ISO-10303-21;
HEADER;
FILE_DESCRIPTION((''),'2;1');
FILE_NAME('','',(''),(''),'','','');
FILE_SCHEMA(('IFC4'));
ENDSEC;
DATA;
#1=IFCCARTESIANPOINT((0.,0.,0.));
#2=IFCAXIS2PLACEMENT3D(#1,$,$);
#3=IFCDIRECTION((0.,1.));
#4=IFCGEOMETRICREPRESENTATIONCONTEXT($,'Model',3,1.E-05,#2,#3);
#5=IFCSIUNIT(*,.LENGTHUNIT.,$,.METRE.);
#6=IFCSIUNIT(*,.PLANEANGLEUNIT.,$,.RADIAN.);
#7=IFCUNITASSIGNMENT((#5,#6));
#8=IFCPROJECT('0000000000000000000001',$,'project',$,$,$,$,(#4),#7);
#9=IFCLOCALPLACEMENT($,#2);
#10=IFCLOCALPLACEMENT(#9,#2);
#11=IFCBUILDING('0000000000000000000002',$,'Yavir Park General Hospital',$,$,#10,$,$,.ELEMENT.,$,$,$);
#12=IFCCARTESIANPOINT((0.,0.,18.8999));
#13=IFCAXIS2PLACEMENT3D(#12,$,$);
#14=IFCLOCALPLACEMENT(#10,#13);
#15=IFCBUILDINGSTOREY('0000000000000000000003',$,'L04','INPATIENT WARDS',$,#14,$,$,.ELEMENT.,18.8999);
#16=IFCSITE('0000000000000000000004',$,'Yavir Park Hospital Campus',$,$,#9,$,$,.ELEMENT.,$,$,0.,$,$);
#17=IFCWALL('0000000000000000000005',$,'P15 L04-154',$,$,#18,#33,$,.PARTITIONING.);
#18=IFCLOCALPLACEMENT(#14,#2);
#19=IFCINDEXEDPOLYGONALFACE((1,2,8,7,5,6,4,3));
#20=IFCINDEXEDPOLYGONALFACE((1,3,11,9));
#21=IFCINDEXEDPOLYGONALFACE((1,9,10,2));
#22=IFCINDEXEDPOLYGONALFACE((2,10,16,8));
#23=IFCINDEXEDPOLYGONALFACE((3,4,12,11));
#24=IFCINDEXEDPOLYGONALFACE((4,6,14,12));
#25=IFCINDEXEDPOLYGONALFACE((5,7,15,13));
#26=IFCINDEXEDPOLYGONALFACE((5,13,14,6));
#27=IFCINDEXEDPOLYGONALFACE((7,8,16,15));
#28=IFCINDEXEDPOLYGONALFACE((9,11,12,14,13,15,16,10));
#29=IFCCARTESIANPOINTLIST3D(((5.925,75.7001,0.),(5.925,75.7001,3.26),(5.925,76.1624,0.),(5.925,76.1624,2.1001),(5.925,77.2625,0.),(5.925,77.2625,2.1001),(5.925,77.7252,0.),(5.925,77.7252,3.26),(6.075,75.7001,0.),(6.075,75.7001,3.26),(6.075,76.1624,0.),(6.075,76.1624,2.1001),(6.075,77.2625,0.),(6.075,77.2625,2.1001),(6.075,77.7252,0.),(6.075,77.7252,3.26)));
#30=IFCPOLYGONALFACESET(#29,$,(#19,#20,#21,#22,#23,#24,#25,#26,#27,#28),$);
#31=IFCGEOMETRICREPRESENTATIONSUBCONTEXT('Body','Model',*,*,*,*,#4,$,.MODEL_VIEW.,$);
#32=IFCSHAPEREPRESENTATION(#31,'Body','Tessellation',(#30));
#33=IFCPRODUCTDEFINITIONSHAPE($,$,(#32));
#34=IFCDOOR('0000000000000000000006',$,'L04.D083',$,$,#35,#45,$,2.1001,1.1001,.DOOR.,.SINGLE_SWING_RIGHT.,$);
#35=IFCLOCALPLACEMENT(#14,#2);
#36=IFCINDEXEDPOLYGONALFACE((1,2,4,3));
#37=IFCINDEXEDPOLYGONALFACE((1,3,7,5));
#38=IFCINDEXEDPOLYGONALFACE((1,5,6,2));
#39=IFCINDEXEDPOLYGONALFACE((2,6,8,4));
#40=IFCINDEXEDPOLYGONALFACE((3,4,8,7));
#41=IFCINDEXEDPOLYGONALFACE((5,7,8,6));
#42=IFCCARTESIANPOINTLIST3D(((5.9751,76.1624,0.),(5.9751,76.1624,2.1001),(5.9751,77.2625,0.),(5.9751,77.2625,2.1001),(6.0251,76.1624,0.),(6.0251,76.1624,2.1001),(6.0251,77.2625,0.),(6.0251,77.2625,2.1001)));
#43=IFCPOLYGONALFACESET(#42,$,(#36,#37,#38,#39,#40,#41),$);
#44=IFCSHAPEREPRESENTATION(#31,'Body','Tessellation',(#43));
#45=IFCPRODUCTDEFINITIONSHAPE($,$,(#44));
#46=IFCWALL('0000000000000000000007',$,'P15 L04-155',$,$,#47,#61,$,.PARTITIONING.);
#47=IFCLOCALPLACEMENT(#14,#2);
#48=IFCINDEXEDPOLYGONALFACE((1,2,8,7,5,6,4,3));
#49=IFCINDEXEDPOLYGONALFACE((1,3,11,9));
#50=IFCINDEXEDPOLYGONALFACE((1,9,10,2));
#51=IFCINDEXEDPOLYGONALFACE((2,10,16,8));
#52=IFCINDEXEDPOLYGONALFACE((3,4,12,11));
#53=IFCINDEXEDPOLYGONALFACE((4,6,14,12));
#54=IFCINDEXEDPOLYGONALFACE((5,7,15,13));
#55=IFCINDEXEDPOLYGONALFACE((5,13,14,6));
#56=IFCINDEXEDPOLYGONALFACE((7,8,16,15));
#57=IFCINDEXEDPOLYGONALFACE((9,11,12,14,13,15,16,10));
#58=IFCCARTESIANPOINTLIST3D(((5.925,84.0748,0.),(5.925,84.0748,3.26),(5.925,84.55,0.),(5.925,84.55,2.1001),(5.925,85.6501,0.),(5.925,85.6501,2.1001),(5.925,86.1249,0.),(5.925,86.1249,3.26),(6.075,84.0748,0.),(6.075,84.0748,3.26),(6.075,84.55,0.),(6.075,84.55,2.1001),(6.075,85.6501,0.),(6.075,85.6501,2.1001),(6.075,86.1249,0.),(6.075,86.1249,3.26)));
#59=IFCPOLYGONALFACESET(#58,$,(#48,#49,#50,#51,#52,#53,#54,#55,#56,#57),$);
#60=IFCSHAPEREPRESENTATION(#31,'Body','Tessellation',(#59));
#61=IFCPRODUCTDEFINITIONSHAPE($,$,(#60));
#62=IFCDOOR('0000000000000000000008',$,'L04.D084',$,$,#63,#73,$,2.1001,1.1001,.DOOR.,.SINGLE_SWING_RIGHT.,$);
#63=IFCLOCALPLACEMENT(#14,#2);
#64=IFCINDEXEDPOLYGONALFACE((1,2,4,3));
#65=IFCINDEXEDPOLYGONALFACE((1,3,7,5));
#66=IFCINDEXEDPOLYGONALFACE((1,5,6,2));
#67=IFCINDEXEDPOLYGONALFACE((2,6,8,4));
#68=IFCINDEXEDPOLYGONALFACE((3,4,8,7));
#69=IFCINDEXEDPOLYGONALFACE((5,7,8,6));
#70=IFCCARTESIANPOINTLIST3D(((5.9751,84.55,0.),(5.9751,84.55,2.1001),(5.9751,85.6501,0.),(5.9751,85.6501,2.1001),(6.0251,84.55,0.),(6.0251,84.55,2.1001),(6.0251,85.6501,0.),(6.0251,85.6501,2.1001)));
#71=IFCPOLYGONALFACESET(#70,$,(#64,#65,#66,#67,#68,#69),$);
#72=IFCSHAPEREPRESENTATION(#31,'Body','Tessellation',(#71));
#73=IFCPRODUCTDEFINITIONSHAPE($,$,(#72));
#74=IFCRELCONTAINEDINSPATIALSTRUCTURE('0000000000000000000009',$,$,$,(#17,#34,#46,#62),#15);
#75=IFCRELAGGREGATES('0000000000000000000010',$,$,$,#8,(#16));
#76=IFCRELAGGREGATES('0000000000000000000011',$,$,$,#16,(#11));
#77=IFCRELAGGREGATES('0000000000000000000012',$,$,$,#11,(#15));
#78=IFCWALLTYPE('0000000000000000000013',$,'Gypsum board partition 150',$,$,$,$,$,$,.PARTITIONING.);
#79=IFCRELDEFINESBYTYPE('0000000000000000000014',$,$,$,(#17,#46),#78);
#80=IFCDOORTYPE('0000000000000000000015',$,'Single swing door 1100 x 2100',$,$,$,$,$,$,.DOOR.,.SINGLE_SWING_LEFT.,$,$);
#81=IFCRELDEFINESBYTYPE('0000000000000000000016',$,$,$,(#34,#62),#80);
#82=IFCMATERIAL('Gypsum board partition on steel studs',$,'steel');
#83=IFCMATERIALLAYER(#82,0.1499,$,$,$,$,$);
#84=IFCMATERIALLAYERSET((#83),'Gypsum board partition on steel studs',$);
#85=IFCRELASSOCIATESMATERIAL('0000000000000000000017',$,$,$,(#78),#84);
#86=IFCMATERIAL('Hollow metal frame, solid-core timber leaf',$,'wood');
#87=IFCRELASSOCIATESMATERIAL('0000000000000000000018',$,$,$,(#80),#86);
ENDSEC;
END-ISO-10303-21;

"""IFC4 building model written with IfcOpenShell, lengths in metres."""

from ifc_helpers import new_model, si_unit, direction, frame, frame_2d, origin, place, context, subcontext, project, spatial, rectangle, extrude, material, layer, layer_set, type_object, element, fill, save


model = new_model("IFC4")

# Units and contexts
model_context = context("Model", 3, precision=1e-05, world=origin(), true_north=direction((0.0, 1.0)))
body_context = subcontext(model_context, "Body", "Model", "MODEL_VIEW")
ifc_project = project(units=[si_unit("LENGTHUNIT", "METRE"), si_unit("PLANEANGLEUNIT", "RADIAN")], contexts=[model_context])

# Site, building, storey
site_placement = place(None, origin())
site = spatial("IfcSite", under=ifc_project, at=site_placement, Name="Yavir Park Hospital Campus", CompositionType="ELEMENT", RefElevation=0.0)
building_placement = place(site_placement, origin())
building = spatial("IfcBuilding", under=site, at=building_placement, Name="Yavir Park General Hospital", CompositionType="ELEMENT")
storey_placement = place(building_placement, frame((0.0, 0.0, 18.8999)))
storey = spatial("IfcBuildingStorey", under=building, at=storey_placement, Name="L04", Description="INPATIENT WARDS", CompositionType="ELEMENT", Elevation=18.8999)

# Shared definitions
ifc_material_1 = material(Name="Gypsum board partition on steel studs", Category="steel")
ifc_layer_1 = layer(ifc_material_1, 0.1499)
ifc_layer_set_1 = layer_set([ifc_layer_1], Name="Gypsum board partition on steel studs")
wall_type_1 = type_object("IfcWallType", Name="Gypsum board partition 150", PredefinedType="PARTITIONING", material=ifc_layer_set_1)

# Walls, openings, doors
ifc_material_2 = material(Name="Hollow metal frame, solid-core timber leaf", Category="wood")
door_type_1 = type_object("IfcDoorType", Name="Single swing door 1100 x 2100", OperationType="SINGLE_SWING_LEFT", PredefinedType="DOOR", material=ifc_material_2)
wall_1_placement = place(storey_placement, frame((6.0, 75.7, 0.0), z_axis=(0.0, 0.0, 1.0), x_axis=(0.0, 1.0, 0.0)))
wall_1 = element("IfcWall", 1, at=wall_1_placement, inside=storey, type_object=wall_type_1, Name="P15 L04-154", PredefinedType="PARTITIONING", context=body_context, shape_type="SweptSolid", body=[
    extrude(rectangle(XDim=2.0251, YDim=0.1499, at=frame_2d((1.0127, 0.0))), origin(), (0.0, 0.0, 1.0), 3.26),
])
opening_1_placement = place(wall_1_placement, frame((0.4624, 0.0, 0.0)))
opening_1 = element("IfcOpeningElement", 2, at=opening_1_placement, cuts=wall_1, PredefinedType="OPENING", context=body_context, shape_type="SweptSolid", body=[
    extrude(rectangle(XDim=1.1001, YDim=2.1001, at=frame_2d((0.55, 1.05))), frame((0.0, 0.085, 0.0), z_axis=(0.0, -1.0, 0.0), x_axis=(1.0, 0.0, 0.0)), (0.0, 0.0, 1.0), 0.1699),
])
door_1_placement = place(opening_1_placement, origin())
door_1 = element("IfcDoor", 3, at=door_1_placement, inside=storey, type_object=door_type_1, Name="L04.D083", OperationType="SINGLE_SWING_RIGHT", OverallHeight=2.1001, OverallWidth=1.1001, PredefinedType="DOOR", context=body_context, shape_type="SweptSolid", body=[
    extrude(rectangle(XDim=1.1001, YDim=2.1001, at=frame_2d((0.55, 1.05))), frame((0.0, 0.0249, 0.0), z_axis=(0.0, -1.0, 0.0), x_axis=(1.0, 0.0, 0.0)), (0.0, 0.0, 1.0), 0.05),
])
fill(opening_1, door_1)
wall_2_placement = place(storey_placement, frame((6.0, 84.075, 0.0), z_axis=(0.0, 0.0, 1.0), x_axis=(0.0, 1.0, 0.0)))
wall_2 = element("IfcWall", 4, at=wall_2_placement, inside=storey, type_object=wall_type_1, Name="P15 L04-155", PredefinedType="PARTITIONING", context=body_context, shape_type="SweptSolid", body=[
    extrude(rectangle(XDim=2.05, YDim=0.1499, at=frame_2d((1.0249, 0.0))), origin(), (0.0, 0.0, 1.0), 3.26),
])
opening_2_placement = place(wall_2_placement, frame((0.4751, 0.0, 0.0)))
opening_2 = element("IfcOpeningElement", 5, at=opening_2_placement, cuts=wall_2, PredefinedType="OPENING", context=body_context, shape_type="SweptSolid", body=[
    extrude(rectangle(XDim=1.1001, YDim=2.1001, at=frame_2d((0.55, 1.05))), frame((0.0, 0.085, 0.0), z_axis=(0.0, -1.0, 0.0), x_axis=(1.0, 0.0, 0.0)), (0.0, 0.0, 1.0), 0.1699),
])
door_2_placement = place(opening_2_placement, origin())
door_2 = element("IfcDoor", 6, at=door_2_placement, inside=storey, type_object=door_type_1, Name="L04.D084", OperationType="SINGLE_SWING_RIGHT", OverallHeight=2.1001, OverallWidth=1.1001, PredefinedType="DOOR", context=body_context, shape_type="SweptSolid", body=[
    extrude(rectangle(XDim=1.1001, YDim=2.1001, at=frame_2d((0.55, 1.05))), frame((0.0, 0.0249, 0.0), z_axis=(0.0, -1.0, 0.0), x_axis=(1.0, 0.0, 0.0)), (0.0, 0.0, 1.0), 0.05),
])
fill(opening_2, door_2)

save(model, "model.ifc")
